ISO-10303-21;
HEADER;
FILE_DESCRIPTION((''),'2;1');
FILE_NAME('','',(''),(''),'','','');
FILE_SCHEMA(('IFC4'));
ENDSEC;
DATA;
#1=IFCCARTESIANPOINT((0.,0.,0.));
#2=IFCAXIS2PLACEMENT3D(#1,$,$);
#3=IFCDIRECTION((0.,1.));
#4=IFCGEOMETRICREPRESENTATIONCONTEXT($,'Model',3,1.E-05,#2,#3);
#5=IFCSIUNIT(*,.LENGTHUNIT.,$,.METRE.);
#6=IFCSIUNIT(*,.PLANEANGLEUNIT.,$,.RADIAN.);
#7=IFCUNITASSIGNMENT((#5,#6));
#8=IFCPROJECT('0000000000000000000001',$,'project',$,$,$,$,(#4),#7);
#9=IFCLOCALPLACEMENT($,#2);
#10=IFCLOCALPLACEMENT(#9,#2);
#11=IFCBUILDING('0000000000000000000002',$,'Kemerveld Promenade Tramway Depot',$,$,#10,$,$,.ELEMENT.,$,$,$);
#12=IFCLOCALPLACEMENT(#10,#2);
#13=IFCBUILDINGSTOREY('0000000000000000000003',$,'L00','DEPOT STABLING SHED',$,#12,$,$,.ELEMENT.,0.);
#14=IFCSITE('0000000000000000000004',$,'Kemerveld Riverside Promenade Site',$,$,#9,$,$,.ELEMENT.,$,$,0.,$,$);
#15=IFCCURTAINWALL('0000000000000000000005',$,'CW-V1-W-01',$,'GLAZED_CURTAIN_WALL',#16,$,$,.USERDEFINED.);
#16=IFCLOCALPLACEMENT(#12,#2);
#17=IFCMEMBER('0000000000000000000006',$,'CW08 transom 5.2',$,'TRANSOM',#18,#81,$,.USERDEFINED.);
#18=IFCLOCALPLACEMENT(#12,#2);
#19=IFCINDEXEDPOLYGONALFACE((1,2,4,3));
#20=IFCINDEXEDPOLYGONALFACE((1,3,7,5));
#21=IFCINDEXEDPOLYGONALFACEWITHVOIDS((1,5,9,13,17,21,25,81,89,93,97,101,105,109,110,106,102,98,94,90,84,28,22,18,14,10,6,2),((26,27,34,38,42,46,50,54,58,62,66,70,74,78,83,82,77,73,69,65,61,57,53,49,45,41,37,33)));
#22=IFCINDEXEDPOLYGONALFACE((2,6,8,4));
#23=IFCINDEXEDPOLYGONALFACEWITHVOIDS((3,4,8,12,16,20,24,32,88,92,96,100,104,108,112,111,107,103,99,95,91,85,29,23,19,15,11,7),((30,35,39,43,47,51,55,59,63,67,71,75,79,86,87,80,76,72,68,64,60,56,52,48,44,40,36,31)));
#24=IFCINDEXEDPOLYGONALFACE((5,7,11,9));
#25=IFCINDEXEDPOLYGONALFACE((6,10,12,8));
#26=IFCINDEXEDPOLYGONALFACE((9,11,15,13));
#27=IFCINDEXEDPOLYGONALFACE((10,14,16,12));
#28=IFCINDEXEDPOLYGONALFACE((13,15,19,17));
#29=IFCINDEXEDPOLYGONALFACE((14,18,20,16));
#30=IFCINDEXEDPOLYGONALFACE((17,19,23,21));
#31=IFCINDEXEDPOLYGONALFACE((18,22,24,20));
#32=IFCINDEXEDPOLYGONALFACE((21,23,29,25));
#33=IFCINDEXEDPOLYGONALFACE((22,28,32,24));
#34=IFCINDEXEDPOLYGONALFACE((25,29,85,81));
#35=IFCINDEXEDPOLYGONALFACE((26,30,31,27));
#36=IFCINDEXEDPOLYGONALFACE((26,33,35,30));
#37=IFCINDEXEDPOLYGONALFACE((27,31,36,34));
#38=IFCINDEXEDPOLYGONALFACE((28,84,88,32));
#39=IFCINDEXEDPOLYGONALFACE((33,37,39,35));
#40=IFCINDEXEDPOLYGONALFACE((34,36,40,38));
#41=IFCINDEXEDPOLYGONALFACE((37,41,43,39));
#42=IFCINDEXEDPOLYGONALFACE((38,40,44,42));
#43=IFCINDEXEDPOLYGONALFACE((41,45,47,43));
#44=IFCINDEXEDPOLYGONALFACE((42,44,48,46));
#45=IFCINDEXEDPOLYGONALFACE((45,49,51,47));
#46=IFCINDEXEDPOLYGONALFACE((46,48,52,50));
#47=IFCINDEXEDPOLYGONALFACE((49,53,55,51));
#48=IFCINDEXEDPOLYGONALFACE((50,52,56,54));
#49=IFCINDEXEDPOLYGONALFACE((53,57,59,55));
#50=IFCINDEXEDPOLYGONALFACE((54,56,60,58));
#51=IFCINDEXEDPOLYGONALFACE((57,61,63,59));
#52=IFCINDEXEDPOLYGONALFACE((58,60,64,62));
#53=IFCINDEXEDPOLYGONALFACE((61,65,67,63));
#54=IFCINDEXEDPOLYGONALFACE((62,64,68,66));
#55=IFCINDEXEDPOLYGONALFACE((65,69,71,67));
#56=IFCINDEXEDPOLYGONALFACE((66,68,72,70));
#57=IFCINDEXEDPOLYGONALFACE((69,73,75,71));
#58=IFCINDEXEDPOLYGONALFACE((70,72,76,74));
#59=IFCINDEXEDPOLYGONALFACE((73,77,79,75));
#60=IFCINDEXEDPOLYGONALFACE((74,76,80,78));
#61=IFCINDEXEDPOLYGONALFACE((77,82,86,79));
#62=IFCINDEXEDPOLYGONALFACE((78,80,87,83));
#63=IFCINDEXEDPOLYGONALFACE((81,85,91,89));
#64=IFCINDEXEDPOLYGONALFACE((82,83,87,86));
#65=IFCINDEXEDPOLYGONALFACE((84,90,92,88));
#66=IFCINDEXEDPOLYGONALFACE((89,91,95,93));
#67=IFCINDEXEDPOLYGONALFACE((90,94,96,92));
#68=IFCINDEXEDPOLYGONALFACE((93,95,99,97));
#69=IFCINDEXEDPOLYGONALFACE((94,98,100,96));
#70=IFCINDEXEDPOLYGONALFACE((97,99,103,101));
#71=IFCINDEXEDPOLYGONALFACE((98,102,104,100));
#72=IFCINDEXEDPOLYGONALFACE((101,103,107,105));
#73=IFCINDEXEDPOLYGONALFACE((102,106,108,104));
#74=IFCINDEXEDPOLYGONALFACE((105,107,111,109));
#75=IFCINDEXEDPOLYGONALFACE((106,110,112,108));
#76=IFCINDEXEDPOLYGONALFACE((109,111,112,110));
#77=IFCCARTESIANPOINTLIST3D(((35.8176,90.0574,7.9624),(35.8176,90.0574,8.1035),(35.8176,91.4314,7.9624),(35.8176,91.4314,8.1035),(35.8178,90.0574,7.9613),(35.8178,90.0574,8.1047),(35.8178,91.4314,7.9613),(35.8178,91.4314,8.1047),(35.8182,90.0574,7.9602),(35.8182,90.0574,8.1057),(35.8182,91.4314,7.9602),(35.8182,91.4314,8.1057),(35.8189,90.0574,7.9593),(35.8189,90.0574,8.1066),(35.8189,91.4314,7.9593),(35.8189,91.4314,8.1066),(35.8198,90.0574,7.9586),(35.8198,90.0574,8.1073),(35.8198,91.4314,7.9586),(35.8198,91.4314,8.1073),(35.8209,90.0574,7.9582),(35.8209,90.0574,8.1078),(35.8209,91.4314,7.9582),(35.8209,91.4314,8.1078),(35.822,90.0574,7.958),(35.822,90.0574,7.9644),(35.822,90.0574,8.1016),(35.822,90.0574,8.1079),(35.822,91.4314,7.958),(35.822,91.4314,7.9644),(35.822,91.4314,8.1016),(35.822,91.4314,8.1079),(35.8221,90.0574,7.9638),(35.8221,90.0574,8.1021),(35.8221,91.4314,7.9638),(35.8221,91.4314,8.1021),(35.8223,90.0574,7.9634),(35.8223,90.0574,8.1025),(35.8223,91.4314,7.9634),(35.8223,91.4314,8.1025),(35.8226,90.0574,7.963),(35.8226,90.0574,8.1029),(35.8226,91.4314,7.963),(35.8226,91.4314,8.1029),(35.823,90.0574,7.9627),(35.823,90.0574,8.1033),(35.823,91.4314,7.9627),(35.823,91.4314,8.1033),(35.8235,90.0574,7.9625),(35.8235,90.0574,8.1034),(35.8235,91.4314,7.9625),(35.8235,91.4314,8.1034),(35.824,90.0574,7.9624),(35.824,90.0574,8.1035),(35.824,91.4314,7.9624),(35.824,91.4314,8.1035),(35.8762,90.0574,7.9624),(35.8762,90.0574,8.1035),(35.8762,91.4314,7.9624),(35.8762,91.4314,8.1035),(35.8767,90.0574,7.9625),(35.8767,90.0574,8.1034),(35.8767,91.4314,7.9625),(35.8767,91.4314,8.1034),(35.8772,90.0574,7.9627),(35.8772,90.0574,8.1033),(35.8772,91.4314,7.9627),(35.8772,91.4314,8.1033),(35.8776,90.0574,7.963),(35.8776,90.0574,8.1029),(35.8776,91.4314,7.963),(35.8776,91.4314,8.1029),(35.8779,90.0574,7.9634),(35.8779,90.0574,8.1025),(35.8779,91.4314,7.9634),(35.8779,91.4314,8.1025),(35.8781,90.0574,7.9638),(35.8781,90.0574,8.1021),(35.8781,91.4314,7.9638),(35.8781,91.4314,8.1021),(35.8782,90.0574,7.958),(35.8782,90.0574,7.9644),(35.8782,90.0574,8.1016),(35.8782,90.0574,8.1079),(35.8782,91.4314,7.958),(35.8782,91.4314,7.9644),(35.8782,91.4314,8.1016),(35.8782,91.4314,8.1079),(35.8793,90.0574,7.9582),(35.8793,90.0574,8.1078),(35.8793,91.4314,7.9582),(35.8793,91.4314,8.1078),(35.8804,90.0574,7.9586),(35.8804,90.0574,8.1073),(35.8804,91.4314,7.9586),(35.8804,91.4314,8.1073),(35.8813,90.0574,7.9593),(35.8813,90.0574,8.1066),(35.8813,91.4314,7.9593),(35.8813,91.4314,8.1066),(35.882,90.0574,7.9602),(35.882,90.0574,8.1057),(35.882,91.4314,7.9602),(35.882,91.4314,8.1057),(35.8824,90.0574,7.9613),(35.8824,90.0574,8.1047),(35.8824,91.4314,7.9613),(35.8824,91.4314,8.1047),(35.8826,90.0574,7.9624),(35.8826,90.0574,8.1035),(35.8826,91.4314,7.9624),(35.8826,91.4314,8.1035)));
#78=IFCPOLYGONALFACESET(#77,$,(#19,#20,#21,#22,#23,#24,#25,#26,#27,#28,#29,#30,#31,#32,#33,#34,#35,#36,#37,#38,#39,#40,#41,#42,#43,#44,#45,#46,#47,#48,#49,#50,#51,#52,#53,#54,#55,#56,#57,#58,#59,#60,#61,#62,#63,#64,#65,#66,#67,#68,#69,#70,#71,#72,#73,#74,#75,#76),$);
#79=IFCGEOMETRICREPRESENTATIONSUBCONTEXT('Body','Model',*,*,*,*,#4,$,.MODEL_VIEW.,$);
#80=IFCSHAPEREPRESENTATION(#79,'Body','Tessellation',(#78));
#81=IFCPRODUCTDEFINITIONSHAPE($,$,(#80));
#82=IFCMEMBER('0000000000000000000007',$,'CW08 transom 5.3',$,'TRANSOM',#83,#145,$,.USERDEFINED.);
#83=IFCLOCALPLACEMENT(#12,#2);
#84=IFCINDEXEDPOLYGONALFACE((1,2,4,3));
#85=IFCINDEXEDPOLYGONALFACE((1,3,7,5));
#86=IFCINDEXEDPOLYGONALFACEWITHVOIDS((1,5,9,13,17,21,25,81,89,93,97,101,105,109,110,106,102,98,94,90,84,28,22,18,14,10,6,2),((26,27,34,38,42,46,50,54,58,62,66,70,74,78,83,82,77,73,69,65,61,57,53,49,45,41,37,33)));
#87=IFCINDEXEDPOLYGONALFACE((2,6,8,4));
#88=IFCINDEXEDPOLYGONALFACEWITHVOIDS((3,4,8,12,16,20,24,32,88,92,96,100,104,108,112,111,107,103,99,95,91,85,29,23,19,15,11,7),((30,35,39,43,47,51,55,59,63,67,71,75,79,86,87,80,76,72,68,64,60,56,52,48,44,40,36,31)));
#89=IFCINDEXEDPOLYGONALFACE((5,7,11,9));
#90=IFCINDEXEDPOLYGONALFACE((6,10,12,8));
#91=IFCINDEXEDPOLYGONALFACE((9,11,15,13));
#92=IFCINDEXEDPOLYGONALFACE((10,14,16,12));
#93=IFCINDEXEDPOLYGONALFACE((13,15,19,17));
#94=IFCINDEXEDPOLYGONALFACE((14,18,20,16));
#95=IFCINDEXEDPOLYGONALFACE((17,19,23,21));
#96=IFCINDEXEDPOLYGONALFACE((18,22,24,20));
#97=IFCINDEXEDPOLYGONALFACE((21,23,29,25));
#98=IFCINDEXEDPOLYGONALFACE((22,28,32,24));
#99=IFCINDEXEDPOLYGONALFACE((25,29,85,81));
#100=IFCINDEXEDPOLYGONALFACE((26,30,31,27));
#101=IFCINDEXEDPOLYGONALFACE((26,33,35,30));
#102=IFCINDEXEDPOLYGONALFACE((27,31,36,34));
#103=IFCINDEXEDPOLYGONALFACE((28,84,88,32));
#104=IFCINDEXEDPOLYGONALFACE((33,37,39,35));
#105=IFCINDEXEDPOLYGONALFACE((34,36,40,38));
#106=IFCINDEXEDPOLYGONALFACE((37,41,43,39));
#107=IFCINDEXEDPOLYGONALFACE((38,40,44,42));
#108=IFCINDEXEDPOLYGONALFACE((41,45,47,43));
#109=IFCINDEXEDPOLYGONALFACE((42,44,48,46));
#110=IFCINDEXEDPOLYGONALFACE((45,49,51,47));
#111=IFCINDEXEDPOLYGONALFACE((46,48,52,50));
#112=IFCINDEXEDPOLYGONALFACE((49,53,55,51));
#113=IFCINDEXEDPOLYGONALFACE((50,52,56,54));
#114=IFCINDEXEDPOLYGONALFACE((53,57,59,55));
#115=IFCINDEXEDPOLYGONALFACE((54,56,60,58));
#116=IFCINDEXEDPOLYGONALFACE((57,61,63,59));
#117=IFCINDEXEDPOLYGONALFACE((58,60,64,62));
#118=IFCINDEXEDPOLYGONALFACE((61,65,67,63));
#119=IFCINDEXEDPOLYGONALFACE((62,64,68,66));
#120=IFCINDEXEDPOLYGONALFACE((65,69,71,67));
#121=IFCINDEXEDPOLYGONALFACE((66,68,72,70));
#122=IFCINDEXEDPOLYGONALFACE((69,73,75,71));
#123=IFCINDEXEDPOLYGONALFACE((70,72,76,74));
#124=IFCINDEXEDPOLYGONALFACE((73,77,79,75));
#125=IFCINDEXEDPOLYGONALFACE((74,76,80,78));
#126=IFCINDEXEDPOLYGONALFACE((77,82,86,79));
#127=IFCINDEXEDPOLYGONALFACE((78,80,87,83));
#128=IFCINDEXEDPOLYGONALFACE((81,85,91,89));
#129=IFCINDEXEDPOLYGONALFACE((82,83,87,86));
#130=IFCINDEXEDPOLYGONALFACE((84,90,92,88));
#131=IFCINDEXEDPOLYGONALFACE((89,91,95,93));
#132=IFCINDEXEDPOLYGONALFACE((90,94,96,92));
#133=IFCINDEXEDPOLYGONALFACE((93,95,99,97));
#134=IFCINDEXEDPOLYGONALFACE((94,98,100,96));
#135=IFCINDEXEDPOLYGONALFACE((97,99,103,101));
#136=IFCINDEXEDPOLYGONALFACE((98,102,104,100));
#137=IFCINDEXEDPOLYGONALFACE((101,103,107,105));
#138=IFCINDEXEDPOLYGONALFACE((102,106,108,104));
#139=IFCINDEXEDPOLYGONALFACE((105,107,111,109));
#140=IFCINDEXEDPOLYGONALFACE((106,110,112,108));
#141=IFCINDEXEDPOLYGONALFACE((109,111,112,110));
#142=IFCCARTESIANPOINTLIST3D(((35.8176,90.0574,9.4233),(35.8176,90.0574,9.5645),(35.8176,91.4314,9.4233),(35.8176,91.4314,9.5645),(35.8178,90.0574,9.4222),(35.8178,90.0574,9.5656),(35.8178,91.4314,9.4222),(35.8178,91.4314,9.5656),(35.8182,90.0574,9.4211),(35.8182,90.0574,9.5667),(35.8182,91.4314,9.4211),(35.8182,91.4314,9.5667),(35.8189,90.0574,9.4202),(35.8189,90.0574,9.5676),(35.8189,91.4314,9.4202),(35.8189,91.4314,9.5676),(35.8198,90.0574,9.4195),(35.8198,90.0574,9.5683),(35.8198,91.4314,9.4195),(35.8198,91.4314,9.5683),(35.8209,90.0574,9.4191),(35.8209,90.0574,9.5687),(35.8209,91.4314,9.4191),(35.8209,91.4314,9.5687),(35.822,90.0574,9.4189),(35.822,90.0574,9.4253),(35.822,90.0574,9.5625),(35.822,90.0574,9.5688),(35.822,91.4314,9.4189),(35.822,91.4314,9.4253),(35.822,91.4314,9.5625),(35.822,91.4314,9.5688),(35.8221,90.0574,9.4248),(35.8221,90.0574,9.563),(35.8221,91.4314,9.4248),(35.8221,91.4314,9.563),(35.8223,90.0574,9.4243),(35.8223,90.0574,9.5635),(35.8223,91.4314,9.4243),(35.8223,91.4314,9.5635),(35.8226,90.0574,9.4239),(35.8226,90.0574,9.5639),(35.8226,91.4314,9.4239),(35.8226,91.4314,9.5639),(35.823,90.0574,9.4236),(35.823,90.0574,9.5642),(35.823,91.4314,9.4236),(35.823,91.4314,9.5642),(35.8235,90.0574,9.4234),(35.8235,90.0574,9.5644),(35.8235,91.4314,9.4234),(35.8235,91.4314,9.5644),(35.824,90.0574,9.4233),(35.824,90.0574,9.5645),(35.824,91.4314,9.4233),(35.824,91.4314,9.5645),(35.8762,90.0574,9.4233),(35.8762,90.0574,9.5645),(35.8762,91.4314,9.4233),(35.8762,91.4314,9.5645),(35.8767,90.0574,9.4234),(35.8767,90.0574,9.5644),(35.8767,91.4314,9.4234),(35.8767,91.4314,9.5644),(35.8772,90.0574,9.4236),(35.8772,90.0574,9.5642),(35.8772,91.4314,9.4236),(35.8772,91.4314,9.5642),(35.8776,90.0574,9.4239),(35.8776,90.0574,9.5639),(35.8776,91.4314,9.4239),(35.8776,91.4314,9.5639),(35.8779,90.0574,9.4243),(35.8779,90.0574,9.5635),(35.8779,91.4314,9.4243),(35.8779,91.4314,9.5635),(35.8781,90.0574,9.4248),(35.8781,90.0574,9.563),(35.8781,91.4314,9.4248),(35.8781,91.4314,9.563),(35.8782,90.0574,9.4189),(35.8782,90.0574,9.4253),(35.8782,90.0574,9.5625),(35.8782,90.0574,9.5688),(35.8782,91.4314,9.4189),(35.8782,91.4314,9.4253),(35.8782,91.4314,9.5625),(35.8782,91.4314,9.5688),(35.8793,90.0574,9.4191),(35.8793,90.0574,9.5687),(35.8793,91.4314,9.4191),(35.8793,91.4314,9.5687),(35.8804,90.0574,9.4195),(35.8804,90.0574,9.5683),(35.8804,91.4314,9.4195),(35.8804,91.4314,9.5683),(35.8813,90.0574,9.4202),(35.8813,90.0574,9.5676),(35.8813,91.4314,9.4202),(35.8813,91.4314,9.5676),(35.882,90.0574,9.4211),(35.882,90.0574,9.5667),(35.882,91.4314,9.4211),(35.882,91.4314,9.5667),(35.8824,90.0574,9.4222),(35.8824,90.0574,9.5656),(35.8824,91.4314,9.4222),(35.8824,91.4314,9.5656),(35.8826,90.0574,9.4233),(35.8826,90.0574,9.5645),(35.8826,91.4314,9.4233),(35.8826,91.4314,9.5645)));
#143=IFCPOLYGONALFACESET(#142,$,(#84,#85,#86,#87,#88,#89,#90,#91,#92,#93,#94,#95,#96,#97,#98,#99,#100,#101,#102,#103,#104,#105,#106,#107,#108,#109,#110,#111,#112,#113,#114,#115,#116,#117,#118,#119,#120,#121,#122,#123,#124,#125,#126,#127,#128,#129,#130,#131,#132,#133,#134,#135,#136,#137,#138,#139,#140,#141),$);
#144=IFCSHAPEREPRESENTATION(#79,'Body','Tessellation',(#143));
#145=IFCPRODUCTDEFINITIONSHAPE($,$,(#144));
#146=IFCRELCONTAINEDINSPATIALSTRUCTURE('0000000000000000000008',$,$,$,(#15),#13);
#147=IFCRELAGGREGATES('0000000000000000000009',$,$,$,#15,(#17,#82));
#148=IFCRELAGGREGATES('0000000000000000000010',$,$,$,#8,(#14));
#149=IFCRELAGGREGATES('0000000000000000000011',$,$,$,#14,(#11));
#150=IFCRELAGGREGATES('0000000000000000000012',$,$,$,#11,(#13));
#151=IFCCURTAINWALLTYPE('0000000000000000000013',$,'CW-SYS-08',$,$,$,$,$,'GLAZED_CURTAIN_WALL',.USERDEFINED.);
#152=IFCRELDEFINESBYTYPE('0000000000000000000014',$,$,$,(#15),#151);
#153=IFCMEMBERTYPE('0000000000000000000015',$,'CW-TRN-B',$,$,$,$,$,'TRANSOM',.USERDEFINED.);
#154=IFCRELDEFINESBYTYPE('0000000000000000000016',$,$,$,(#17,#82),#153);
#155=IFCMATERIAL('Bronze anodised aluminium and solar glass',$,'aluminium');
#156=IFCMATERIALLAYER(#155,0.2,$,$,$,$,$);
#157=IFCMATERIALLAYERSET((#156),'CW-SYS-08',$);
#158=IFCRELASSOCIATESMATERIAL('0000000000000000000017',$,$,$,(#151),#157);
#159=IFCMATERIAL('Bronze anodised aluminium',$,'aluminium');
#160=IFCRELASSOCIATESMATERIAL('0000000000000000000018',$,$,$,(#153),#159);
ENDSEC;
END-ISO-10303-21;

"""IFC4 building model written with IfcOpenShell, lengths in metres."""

from ifc_helpers import new_model, si_unit, direction, frame, origin, origin_2d, place, context, subcontext, project, spatial, hollow_rectangle, extrude, material, layer, layer_set, material_profile, profile_set, type_object, element, aggregate, save


model = new_model("IFC4")

# Units and contexts
model_context = context("Model", 3, precision=1e-05, world=origin(), true_north=direction((0.0, 1.0)))
body_context = subcontext(model_context, "Body", "Model", "MODEL_VIEW")
ifc_project = project(units=[si_unit("LENGTHUNIT", "METRE"), si_unit("PLANEANGLEUNIT", "RADIAN")], contexts=[model_context])

# Site, building, storey
site_placement = place(None, origin())
site = spatial("IfcSite", under=ifc_project, at=site_placement, Name="Kemerveld Riverside Promenade Site", CompositionType="ELEMENT", RefElevation=0.0)
building_placement = place(site_placement, origin())
building = spatial("IfcBuilding", under=site, at=building_placement, Name="Kemerveld Promenade Tramway Depot", CompositionType="ELEMENT")
storey_placement = place(building_placement, origin())
storey = spatial("IfcBuildingStorey", under=building, at=storey_placement, Name="L00", Description="DEPOT STABLING SHED", CompositionType="ELEMENT", Elevation=0.0)

# Curtain wall, members
ifc_material_1 = material(Name="Bronze anodised aluminium and solar glass", Category="aluminium")
ifc_layer_1 = layer(ifc_material_1, 0.2)
ifc_layer_set_1 = layer_set([ifc_layer_1], Name="CW-SYS-08")
curtain_wall_type = type_object("IfcCurtainWallType", Name="CW-SYS-08", ElementType="GLAZED_CURTAIN_WALL", PredefinedType="USERDEFINED", material=ifc_layer_set_1)
curtain_wall_placement = place(storey_placement, origin())
curtain_wall = element("IfcCurtainWall", 1, at=curtain_wall_placement, inside=storey, type_object=curtain_wall_type, Name="CW-V1-W-01", ObjectType="GLAZED_CURTAIN_WALL", PredefinedType="USERDEFINED")
ifc_material_2 = material(Name="Bronze anodised aluminium", Category="aluminium")
ifc_material_profile_1 = material_profile(ifc_material_2, hollow_rectangle(XDim=0.0649, YDim=0.1499, WallThickness=0.0044, InnerFilletRadius=0.002, OuterFilletRadius=0.0044, at=origin_2d()), Name="CW-TRN-150x65")
ifc_profile_set_1 = profile_set([ifc_material_profile_1], Name="Bronze anodised aluminium")
member_type_1 = type_object("IfcMemberType", Name="CW-TRN-B", ElementType="TRANSOM", PredefinedType="USERDEFINED", material=ifc_profile_set_1)
member_1_placement = place(storey_placement, frame((35.8501, 90.0574, 8.033), z_axis=(0.0, 1.0, 0.0), x_axis=(-1.0, 0.0, 0.0)))
member_1 = element("IfcMember", 2, at=member_1_placement, type_object=member_type_1, Name="CW08 transom 5.2", ObjectType="TRANSOM", PredefinedType="USERDEFINED", context=body_context, shape_type="SweptSolid", body=[
    extrude(hollow_rectangle(XDim=0.0649, YDim=0.1499, WallThickness=0.0044, InnerFilletRadius=0.002, OuterFilletRadius=0.0044, at=origin_2d()), origin(), (0.0, 0.0, 1.0), 1.374),
])
member_2_placement = place(storey_placement, frame((35.8501, 90.0574, 9.4939), z_axis=(0.0, 1.0, 0.0), x_axis=(-1.0, 0.0, 0.0)))
member_2 = element("IfcMember", 3, at=member_2_placement, type_object=member_type_1, Name="CW08 transom 5.3", ObjectType="TRANSOM", PredefinedType="USERDEFINED", context=body_context, shape_type="SweptSolid", body=[
    extrude(hollow_rectangle(XDim=0.0649, YDim=0.1499, WallThickness=0.0044, InnerFilletRadius=0.002, OuterFilletRadius=0.0044, at=origin_2d()), origin(), (0.0, 0.0, 1.0), 1.374),
])
aggregate(curtain_wall, [member_1, member_2])

save(model, "model.ifc")
